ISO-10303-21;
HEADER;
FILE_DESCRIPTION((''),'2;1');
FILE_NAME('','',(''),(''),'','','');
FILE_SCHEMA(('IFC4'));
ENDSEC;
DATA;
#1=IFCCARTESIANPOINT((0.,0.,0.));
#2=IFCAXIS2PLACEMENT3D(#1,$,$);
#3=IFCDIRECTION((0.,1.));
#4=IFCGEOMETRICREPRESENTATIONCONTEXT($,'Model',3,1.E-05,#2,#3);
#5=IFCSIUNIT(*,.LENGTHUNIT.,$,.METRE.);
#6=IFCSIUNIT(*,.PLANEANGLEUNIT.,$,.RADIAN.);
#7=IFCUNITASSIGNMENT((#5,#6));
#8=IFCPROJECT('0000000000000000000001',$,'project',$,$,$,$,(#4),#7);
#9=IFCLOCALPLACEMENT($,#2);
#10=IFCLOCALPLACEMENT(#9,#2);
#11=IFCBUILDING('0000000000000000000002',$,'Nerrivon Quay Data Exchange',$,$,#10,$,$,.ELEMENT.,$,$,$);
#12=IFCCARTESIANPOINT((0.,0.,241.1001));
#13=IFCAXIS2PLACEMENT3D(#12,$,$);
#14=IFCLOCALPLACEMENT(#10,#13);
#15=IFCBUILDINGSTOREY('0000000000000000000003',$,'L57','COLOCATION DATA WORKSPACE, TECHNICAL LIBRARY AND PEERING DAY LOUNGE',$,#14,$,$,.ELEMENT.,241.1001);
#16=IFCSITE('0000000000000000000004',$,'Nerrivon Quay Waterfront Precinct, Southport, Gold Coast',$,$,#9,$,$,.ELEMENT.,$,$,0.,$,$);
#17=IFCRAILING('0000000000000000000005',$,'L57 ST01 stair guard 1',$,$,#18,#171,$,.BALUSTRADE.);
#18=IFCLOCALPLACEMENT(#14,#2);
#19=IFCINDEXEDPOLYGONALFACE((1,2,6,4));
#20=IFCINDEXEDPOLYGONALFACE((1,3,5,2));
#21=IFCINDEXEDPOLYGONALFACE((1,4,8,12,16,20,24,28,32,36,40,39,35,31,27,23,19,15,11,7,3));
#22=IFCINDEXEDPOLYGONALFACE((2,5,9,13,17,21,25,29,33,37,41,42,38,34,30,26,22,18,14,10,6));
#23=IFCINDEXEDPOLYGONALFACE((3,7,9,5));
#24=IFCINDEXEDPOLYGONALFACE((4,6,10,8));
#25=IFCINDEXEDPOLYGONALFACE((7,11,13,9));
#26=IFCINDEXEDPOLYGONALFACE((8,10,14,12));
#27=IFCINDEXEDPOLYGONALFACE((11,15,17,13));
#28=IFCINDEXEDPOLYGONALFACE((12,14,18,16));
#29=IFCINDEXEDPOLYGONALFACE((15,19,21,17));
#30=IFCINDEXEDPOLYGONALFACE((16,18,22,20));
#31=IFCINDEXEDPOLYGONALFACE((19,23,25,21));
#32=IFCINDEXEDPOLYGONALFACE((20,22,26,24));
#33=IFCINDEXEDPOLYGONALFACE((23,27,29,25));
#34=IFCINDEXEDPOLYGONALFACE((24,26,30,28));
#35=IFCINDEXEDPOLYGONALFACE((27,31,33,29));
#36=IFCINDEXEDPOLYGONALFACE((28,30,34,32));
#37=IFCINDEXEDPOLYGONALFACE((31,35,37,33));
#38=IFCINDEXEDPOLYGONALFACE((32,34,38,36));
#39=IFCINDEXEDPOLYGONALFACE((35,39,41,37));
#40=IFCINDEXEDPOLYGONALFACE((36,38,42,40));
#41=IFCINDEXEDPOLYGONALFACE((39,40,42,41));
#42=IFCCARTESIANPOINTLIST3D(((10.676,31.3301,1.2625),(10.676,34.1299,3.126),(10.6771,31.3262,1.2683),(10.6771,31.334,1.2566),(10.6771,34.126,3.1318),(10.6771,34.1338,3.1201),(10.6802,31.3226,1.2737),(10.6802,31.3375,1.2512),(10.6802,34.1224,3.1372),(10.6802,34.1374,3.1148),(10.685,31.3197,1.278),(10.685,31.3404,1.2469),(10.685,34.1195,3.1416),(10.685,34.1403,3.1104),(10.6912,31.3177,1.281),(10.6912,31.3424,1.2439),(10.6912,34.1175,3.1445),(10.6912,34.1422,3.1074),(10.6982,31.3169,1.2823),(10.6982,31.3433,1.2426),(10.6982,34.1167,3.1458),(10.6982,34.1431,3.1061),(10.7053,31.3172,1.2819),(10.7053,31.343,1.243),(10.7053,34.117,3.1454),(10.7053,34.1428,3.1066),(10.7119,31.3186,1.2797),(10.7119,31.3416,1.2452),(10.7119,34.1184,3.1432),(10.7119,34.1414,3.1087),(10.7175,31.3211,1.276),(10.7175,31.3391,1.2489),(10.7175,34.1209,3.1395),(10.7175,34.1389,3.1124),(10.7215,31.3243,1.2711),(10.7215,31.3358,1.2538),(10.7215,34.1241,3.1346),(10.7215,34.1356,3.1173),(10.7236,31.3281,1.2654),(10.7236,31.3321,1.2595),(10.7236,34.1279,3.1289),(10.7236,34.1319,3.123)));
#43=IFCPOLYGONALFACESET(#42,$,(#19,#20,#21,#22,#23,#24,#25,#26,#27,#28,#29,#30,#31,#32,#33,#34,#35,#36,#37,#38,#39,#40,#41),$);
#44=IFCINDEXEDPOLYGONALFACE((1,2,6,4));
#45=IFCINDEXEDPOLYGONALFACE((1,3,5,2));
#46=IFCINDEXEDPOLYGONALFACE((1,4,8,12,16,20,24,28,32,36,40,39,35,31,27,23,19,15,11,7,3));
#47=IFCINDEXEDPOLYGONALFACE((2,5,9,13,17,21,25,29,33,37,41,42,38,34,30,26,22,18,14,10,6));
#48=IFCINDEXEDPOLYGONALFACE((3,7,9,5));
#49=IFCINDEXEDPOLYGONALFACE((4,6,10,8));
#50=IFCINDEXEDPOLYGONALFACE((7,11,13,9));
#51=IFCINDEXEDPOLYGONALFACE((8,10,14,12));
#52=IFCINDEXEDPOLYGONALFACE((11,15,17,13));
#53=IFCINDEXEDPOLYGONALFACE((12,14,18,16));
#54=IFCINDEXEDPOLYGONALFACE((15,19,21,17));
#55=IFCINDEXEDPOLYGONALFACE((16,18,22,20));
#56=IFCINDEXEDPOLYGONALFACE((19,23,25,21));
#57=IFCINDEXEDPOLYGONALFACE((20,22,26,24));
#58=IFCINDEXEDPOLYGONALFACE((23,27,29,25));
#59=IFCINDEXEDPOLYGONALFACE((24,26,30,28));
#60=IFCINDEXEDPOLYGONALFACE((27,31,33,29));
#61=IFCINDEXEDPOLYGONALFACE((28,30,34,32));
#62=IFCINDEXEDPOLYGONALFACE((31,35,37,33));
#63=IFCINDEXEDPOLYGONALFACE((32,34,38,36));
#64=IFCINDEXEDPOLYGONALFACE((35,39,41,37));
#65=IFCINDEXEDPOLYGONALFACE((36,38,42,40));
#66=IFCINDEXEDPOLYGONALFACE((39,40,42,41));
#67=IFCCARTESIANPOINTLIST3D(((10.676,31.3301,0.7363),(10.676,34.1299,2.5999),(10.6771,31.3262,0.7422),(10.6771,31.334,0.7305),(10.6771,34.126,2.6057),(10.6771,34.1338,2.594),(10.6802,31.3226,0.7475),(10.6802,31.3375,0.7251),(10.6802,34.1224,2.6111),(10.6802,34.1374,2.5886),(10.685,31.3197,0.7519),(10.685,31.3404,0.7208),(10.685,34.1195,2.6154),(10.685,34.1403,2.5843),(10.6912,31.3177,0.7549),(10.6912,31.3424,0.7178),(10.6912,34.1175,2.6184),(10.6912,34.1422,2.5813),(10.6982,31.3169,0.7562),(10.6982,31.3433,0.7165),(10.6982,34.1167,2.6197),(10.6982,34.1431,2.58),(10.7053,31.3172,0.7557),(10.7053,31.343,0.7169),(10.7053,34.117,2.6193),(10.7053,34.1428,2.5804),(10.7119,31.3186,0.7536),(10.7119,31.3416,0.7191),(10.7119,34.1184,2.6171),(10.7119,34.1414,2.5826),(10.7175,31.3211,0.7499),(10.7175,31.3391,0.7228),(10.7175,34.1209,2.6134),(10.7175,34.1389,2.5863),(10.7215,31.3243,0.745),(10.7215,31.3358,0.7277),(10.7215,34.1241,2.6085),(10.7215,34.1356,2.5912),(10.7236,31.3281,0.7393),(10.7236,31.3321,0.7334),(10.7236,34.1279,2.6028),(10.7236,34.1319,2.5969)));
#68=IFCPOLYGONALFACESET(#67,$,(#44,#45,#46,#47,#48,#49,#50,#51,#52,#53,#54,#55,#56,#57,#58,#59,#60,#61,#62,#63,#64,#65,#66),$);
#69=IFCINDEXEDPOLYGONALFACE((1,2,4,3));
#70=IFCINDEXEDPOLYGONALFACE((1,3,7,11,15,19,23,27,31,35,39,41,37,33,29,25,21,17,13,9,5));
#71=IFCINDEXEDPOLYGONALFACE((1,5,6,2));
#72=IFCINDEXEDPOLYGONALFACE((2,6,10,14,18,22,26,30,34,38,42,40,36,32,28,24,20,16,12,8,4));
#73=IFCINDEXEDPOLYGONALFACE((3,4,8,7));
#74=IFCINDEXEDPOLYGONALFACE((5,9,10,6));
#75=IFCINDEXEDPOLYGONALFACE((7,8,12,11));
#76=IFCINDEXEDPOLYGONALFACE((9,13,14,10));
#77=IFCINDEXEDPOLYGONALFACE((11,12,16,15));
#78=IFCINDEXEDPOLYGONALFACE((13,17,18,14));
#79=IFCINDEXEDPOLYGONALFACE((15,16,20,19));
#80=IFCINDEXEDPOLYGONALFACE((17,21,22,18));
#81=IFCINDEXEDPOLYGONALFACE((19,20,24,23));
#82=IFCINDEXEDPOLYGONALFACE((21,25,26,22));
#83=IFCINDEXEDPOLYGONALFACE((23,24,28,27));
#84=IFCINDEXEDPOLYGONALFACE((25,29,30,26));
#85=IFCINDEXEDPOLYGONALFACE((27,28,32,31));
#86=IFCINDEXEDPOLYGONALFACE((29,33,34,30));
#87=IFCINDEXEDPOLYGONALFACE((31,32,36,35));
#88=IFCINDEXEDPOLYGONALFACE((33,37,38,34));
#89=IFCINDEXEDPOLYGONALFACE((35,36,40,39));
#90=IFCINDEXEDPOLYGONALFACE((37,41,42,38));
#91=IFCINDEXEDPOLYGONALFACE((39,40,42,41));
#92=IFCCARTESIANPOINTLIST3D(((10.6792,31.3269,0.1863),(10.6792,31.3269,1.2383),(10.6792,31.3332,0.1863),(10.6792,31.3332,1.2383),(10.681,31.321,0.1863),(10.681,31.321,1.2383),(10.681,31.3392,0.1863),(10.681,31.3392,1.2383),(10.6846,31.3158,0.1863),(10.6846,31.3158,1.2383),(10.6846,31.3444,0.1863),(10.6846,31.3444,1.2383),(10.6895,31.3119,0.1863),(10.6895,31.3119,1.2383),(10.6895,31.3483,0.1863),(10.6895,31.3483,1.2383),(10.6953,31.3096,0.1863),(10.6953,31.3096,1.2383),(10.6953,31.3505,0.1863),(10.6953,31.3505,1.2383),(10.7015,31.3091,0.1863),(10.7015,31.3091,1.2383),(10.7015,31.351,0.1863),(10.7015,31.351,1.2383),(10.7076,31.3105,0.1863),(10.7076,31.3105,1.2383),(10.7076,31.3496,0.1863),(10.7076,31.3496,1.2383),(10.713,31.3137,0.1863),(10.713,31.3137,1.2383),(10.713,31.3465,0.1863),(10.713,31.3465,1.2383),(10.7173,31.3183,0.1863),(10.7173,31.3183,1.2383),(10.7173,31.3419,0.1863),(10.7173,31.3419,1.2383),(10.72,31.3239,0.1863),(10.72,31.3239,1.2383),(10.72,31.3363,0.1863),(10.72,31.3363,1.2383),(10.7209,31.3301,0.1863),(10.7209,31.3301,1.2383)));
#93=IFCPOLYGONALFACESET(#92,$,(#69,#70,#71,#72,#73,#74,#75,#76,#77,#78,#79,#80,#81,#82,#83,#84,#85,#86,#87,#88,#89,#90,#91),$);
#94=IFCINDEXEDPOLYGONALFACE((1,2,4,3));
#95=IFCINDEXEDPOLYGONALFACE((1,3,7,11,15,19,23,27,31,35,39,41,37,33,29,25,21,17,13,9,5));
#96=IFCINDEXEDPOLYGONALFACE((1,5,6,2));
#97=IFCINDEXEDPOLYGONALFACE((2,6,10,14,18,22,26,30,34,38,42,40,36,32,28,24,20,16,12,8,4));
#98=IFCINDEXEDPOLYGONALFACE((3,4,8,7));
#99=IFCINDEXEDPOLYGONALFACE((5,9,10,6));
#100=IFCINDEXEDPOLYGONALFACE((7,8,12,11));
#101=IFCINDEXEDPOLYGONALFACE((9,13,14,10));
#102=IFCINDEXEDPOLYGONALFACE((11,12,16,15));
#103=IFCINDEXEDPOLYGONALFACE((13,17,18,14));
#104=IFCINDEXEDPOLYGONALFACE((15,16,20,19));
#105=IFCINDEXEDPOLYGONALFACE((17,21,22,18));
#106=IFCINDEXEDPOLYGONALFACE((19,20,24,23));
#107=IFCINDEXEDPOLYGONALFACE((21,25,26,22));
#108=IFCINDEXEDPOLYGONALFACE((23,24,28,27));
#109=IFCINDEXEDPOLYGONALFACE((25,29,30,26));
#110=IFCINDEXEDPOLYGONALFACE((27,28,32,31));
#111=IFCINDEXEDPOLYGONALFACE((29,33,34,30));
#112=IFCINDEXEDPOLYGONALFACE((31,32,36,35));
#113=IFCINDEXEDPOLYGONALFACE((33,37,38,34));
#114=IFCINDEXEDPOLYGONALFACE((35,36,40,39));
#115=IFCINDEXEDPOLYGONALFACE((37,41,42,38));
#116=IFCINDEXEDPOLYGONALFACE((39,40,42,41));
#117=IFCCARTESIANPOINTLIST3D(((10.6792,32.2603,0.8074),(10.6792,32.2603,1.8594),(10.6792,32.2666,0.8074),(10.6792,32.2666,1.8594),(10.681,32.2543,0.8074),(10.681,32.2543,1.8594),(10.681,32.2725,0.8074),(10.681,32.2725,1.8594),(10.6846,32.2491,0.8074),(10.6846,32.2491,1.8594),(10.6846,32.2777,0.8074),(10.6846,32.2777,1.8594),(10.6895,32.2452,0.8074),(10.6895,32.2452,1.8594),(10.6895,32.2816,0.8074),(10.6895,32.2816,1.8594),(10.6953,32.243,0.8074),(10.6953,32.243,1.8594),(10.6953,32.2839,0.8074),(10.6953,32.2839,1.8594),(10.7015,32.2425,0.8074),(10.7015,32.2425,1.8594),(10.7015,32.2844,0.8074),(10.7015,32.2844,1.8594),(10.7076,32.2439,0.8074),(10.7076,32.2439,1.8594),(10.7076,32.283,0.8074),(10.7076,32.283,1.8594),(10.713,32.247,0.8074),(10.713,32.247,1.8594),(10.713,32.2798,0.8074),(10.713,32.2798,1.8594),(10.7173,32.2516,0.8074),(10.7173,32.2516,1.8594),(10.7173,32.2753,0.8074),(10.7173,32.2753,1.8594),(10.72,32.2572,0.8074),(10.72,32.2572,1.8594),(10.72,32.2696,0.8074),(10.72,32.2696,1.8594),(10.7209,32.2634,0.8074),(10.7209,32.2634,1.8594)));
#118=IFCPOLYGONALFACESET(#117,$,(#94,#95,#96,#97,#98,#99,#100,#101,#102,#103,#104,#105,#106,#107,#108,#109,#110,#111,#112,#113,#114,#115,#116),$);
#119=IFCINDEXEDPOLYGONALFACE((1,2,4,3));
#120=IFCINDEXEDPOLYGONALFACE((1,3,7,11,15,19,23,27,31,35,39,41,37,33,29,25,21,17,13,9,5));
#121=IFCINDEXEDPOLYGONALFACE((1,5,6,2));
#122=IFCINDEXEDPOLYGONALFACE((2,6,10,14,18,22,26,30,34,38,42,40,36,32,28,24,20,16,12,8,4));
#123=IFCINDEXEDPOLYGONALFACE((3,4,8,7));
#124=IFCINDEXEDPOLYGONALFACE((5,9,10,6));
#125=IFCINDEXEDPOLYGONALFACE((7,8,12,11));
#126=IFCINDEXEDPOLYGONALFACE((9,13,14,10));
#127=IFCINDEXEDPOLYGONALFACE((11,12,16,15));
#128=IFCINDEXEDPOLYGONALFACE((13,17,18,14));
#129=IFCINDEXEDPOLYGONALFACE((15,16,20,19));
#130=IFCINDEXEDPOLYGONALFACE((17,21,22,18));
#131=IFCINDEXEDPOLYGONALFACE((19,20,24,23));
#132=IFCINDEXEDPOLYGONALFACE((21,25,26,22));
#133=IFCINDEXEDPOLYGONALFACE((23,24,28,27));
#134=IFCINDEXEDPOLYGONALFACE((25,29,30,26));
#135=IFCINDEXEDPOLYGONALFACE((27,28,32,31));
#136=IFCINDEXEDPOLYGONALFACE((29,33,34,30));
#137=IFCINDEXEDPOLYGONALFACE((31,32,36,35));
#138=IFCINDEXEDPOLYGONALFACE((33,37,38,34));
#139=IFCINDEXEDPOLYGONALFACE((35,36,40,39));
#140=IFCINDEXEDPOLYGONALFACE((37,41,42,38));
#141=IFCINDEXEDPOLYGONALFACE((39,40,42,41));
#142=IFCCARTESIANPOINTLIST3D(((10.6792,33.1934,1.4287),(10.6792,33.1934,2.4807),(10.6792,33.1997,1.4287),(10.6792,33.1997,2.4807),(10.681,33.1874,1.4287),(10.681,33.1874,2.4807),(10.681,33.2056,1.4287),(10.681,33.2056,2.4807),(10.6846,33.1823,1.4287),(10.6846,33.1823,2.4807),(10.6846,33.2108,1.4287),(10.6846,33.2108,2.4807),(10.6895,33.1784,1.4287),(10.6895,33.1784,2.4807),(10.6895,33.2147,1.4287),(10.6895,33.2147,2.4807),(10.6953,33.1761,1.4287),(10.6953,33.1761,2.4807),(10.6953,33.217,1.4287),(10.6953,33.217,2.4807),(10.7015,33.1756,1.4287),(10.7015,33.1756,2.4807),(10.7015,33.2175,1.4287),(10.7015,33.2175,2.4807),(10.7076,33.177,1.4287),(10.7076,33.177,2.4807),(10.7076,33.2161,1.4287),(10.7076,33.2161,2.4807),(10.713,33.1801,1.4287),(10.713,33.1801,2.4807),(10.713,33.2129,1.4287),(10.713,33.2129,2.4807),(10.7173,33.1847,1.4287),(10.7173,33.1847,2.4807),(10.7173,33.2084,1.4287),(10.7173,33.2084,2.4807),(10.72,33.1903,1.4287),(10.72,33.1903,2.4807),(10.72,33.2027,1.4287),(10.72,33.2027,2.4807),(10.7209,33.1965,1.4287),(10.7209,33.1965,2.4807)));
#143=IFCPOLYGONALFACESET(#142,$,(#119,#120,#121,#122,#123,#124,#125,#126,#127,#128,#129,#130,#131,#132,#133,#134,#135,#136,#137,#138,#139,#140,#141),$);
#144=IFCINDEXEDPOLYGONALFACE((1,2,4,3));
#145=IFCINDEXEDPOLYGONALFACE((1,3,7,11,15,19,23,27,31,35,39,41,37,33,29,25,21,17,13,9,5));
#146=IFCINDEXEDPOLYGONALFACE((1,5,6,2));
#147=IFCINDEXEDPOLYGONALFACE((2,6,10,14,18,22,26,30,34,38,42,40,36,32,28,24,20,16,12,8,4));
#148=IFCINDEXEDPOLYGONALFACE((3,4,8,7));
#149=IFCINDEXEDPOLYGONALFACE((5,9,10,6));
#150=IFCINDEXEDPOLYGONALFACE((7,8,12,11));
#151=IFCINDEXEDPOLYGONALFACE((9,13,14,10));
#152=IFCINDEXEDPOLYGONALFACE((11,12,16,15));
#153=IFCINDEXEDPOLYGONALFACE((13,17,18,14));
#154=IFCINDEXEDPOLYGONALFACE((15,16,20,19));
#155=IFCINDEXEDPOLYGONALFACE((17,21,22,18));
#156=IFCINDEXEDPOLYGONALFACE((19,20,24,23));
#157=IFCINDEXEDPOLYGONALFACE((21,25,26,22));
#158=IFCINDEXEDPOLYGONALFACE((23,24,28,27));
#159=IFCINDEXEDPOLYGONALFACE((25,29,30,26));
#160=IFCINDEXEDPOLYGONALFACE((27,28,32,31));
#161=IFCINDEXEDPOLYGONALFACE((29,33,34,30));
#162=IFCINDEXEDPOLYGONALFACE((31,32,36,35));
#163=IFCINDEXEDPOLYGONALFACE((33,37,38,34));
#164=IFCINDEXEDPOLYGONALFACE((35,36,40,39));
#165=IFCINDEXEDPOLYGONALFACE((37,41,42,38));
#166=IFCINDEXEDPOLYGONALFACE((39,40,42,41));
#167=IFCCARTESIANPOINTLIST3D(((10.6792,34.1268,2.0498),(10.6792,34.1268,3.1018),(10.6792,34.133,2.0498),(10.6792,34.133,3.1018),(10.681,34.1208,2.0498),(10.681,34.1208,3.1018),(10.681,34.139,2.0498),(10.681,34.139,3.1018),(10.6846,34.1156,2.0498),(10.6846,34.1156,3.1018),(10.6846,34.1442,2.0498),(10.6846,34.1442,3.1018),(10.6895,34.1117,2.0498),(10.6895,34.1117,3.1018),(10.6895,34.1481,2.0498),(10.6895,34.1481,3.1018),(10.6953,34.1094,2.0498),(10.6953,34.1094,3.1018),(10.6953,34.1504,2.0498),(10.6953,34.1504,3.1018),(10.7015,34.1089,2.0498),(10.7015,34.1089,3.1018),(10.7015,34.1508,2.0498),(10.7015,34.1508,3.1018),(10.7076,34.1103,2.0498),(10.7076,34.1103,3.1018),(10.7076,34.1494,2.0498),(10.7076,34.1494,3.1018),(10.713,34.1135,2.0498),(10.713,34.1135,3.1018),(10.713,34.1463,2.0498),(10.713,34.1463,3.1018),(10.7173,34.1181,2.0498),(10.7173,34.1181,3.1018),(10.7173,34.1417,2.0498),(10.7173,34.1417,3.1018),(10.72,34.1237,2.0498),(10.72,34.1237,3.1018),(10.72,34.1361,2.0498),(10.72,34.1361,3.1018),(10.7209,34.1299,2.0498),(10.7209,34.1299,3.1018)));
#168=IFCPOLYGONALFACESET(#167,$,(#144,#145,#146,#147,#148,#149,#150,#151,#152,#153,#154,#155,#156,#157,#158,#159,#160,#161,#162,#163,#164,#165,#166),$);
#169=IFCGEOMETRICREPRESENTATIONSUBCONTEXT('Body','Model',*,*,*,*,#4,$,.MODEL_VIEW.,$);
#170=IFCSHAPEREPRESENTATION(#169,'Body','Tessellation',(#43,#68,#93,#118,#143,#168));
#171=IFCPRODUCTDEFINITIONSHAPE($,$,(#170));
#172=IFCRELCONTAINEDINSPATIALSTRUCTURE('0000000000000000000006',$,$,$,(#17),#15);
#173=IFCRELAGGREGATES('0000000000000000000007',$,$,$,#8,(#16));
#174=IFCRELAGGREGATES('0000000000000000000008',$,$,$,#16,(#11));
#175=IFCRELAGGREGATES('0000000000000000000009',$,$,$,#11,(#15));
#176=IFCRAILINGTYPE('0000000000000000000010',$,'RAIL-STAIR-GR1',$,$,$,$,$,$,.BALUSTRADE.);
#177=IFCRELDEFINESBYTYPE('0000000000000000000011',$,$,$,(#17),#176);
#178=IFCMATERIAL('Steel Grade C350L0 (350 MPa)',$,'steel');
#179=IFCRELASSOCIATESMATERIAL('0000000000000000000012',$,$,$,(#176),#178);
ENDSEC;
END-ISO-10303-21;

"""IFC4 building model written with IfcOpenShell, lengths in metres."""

from ifc_helpers import new_model, si_unit, direction, frame, origin, origin_2d, place, context, subcontext, project, spatial, circle, extrude, material, type_object, element, save


model = new_model("IFC4")

# Units and contexts
model_context = context("Model", 3, precision=1e-05, world=origin(), true_north=direction((0.0, 1.0)))
body_context = subcontext(model_context, "Body", "Model", "MODEL_VIEW")
ifc_project = project(units=[si_unit("LENGTHUNIT", "METRE"), si_unit("PLANEANGLEUNIT", "RADIAN")], contexts=[model_context])

# Site, building, storey
site_placement = place(None, origin())
site = spatial("IfcSite", under=ifc_project, at=site_placement, Name="Nerrivon Quay Waterfront Precinct, Southport, Gold Coast", CompositionType="ELEMENT", RefElevation=0.0)
building_placement = place(site_placement, origin())
building = spatial("IfcBuilding", under=site, at=building_placement, Name="Nerrivon Quay Data Exchange", CompositionType="ELEMENT")
storey_placement = place(building_placement, frame((0.0, 0.0, 241.1001)))
storey = spatial("IfcBuildingStorey", under=building, at=storey_placement, Name="L57", Description="COLOCATION DATA WORKSPACE, TECHNICAL LIBRARY AND PEERING DAY LOUNGE", CompositionType="ELEMENT", Elevation=241.1001)

# Railing
ifc_material_1 = material(Name="Steel Grade C350L0 (350 MPa)", Category="steel")
railing_type_1 = type_object("IfcRailingType", Name="RAIL-STAIR-GR1", PredefinedType="BALUSTRADE", material=ifc_material_1)
railing_1_placement = place(storey_placement, frame((10.7, 31.3301, 0.1863)))
element("IfcRailing", 1, at=railing_1_placement, inside=storey, type_object=railing_type_1, Name="L57 ST01 stair guard 1", PredefinedType="BALUSTRADE", context=body_context, shape_type="SweptSolid", body=[
    extrude(circle(Radius=0.0239, at=origin_2d()), frame((0.0, 0.0, 1.0762), z_axis=(0.0, 0.832463, 0.55408), x_axis=(-1.0, 0.0, 0.0)), (0.0, 0.0, 1.0), 3.3633),
    extrude(circle(Radius=0.0239, at=origin_2d()), frame((0.0, 0.0, 0.55), z_axis=(0.0, 0.832463, 0.55408), x_axis=(-1.0, 0.0, 0.0)), (0.0, 0.0, 1.0), 3.3633),
    extrude(circle(Radius=0.021, at=origin_2d()), origin(), (0.0, 0.0, 1.0), 1.052),
    extrude(circle(Radius=0.021, at=origin_2d()), frame((0.0, 0.9333, 0.6211)), (0.0, 0.0, 1.0), 1.052),
    extrude(circle(Radius=0.021, at=origin_2d()), frame((0.0, 1.8665, 1.2424)), (0.0, 0.0, 1.0), 1.052),
    extrude(circle(Radius=0.021, at=origin_2d()), frame((0.0, 2.7998, 1.8635)), (0.0, 0.0, 1.0), 1.052),
])

save(model, "model.ifc")
